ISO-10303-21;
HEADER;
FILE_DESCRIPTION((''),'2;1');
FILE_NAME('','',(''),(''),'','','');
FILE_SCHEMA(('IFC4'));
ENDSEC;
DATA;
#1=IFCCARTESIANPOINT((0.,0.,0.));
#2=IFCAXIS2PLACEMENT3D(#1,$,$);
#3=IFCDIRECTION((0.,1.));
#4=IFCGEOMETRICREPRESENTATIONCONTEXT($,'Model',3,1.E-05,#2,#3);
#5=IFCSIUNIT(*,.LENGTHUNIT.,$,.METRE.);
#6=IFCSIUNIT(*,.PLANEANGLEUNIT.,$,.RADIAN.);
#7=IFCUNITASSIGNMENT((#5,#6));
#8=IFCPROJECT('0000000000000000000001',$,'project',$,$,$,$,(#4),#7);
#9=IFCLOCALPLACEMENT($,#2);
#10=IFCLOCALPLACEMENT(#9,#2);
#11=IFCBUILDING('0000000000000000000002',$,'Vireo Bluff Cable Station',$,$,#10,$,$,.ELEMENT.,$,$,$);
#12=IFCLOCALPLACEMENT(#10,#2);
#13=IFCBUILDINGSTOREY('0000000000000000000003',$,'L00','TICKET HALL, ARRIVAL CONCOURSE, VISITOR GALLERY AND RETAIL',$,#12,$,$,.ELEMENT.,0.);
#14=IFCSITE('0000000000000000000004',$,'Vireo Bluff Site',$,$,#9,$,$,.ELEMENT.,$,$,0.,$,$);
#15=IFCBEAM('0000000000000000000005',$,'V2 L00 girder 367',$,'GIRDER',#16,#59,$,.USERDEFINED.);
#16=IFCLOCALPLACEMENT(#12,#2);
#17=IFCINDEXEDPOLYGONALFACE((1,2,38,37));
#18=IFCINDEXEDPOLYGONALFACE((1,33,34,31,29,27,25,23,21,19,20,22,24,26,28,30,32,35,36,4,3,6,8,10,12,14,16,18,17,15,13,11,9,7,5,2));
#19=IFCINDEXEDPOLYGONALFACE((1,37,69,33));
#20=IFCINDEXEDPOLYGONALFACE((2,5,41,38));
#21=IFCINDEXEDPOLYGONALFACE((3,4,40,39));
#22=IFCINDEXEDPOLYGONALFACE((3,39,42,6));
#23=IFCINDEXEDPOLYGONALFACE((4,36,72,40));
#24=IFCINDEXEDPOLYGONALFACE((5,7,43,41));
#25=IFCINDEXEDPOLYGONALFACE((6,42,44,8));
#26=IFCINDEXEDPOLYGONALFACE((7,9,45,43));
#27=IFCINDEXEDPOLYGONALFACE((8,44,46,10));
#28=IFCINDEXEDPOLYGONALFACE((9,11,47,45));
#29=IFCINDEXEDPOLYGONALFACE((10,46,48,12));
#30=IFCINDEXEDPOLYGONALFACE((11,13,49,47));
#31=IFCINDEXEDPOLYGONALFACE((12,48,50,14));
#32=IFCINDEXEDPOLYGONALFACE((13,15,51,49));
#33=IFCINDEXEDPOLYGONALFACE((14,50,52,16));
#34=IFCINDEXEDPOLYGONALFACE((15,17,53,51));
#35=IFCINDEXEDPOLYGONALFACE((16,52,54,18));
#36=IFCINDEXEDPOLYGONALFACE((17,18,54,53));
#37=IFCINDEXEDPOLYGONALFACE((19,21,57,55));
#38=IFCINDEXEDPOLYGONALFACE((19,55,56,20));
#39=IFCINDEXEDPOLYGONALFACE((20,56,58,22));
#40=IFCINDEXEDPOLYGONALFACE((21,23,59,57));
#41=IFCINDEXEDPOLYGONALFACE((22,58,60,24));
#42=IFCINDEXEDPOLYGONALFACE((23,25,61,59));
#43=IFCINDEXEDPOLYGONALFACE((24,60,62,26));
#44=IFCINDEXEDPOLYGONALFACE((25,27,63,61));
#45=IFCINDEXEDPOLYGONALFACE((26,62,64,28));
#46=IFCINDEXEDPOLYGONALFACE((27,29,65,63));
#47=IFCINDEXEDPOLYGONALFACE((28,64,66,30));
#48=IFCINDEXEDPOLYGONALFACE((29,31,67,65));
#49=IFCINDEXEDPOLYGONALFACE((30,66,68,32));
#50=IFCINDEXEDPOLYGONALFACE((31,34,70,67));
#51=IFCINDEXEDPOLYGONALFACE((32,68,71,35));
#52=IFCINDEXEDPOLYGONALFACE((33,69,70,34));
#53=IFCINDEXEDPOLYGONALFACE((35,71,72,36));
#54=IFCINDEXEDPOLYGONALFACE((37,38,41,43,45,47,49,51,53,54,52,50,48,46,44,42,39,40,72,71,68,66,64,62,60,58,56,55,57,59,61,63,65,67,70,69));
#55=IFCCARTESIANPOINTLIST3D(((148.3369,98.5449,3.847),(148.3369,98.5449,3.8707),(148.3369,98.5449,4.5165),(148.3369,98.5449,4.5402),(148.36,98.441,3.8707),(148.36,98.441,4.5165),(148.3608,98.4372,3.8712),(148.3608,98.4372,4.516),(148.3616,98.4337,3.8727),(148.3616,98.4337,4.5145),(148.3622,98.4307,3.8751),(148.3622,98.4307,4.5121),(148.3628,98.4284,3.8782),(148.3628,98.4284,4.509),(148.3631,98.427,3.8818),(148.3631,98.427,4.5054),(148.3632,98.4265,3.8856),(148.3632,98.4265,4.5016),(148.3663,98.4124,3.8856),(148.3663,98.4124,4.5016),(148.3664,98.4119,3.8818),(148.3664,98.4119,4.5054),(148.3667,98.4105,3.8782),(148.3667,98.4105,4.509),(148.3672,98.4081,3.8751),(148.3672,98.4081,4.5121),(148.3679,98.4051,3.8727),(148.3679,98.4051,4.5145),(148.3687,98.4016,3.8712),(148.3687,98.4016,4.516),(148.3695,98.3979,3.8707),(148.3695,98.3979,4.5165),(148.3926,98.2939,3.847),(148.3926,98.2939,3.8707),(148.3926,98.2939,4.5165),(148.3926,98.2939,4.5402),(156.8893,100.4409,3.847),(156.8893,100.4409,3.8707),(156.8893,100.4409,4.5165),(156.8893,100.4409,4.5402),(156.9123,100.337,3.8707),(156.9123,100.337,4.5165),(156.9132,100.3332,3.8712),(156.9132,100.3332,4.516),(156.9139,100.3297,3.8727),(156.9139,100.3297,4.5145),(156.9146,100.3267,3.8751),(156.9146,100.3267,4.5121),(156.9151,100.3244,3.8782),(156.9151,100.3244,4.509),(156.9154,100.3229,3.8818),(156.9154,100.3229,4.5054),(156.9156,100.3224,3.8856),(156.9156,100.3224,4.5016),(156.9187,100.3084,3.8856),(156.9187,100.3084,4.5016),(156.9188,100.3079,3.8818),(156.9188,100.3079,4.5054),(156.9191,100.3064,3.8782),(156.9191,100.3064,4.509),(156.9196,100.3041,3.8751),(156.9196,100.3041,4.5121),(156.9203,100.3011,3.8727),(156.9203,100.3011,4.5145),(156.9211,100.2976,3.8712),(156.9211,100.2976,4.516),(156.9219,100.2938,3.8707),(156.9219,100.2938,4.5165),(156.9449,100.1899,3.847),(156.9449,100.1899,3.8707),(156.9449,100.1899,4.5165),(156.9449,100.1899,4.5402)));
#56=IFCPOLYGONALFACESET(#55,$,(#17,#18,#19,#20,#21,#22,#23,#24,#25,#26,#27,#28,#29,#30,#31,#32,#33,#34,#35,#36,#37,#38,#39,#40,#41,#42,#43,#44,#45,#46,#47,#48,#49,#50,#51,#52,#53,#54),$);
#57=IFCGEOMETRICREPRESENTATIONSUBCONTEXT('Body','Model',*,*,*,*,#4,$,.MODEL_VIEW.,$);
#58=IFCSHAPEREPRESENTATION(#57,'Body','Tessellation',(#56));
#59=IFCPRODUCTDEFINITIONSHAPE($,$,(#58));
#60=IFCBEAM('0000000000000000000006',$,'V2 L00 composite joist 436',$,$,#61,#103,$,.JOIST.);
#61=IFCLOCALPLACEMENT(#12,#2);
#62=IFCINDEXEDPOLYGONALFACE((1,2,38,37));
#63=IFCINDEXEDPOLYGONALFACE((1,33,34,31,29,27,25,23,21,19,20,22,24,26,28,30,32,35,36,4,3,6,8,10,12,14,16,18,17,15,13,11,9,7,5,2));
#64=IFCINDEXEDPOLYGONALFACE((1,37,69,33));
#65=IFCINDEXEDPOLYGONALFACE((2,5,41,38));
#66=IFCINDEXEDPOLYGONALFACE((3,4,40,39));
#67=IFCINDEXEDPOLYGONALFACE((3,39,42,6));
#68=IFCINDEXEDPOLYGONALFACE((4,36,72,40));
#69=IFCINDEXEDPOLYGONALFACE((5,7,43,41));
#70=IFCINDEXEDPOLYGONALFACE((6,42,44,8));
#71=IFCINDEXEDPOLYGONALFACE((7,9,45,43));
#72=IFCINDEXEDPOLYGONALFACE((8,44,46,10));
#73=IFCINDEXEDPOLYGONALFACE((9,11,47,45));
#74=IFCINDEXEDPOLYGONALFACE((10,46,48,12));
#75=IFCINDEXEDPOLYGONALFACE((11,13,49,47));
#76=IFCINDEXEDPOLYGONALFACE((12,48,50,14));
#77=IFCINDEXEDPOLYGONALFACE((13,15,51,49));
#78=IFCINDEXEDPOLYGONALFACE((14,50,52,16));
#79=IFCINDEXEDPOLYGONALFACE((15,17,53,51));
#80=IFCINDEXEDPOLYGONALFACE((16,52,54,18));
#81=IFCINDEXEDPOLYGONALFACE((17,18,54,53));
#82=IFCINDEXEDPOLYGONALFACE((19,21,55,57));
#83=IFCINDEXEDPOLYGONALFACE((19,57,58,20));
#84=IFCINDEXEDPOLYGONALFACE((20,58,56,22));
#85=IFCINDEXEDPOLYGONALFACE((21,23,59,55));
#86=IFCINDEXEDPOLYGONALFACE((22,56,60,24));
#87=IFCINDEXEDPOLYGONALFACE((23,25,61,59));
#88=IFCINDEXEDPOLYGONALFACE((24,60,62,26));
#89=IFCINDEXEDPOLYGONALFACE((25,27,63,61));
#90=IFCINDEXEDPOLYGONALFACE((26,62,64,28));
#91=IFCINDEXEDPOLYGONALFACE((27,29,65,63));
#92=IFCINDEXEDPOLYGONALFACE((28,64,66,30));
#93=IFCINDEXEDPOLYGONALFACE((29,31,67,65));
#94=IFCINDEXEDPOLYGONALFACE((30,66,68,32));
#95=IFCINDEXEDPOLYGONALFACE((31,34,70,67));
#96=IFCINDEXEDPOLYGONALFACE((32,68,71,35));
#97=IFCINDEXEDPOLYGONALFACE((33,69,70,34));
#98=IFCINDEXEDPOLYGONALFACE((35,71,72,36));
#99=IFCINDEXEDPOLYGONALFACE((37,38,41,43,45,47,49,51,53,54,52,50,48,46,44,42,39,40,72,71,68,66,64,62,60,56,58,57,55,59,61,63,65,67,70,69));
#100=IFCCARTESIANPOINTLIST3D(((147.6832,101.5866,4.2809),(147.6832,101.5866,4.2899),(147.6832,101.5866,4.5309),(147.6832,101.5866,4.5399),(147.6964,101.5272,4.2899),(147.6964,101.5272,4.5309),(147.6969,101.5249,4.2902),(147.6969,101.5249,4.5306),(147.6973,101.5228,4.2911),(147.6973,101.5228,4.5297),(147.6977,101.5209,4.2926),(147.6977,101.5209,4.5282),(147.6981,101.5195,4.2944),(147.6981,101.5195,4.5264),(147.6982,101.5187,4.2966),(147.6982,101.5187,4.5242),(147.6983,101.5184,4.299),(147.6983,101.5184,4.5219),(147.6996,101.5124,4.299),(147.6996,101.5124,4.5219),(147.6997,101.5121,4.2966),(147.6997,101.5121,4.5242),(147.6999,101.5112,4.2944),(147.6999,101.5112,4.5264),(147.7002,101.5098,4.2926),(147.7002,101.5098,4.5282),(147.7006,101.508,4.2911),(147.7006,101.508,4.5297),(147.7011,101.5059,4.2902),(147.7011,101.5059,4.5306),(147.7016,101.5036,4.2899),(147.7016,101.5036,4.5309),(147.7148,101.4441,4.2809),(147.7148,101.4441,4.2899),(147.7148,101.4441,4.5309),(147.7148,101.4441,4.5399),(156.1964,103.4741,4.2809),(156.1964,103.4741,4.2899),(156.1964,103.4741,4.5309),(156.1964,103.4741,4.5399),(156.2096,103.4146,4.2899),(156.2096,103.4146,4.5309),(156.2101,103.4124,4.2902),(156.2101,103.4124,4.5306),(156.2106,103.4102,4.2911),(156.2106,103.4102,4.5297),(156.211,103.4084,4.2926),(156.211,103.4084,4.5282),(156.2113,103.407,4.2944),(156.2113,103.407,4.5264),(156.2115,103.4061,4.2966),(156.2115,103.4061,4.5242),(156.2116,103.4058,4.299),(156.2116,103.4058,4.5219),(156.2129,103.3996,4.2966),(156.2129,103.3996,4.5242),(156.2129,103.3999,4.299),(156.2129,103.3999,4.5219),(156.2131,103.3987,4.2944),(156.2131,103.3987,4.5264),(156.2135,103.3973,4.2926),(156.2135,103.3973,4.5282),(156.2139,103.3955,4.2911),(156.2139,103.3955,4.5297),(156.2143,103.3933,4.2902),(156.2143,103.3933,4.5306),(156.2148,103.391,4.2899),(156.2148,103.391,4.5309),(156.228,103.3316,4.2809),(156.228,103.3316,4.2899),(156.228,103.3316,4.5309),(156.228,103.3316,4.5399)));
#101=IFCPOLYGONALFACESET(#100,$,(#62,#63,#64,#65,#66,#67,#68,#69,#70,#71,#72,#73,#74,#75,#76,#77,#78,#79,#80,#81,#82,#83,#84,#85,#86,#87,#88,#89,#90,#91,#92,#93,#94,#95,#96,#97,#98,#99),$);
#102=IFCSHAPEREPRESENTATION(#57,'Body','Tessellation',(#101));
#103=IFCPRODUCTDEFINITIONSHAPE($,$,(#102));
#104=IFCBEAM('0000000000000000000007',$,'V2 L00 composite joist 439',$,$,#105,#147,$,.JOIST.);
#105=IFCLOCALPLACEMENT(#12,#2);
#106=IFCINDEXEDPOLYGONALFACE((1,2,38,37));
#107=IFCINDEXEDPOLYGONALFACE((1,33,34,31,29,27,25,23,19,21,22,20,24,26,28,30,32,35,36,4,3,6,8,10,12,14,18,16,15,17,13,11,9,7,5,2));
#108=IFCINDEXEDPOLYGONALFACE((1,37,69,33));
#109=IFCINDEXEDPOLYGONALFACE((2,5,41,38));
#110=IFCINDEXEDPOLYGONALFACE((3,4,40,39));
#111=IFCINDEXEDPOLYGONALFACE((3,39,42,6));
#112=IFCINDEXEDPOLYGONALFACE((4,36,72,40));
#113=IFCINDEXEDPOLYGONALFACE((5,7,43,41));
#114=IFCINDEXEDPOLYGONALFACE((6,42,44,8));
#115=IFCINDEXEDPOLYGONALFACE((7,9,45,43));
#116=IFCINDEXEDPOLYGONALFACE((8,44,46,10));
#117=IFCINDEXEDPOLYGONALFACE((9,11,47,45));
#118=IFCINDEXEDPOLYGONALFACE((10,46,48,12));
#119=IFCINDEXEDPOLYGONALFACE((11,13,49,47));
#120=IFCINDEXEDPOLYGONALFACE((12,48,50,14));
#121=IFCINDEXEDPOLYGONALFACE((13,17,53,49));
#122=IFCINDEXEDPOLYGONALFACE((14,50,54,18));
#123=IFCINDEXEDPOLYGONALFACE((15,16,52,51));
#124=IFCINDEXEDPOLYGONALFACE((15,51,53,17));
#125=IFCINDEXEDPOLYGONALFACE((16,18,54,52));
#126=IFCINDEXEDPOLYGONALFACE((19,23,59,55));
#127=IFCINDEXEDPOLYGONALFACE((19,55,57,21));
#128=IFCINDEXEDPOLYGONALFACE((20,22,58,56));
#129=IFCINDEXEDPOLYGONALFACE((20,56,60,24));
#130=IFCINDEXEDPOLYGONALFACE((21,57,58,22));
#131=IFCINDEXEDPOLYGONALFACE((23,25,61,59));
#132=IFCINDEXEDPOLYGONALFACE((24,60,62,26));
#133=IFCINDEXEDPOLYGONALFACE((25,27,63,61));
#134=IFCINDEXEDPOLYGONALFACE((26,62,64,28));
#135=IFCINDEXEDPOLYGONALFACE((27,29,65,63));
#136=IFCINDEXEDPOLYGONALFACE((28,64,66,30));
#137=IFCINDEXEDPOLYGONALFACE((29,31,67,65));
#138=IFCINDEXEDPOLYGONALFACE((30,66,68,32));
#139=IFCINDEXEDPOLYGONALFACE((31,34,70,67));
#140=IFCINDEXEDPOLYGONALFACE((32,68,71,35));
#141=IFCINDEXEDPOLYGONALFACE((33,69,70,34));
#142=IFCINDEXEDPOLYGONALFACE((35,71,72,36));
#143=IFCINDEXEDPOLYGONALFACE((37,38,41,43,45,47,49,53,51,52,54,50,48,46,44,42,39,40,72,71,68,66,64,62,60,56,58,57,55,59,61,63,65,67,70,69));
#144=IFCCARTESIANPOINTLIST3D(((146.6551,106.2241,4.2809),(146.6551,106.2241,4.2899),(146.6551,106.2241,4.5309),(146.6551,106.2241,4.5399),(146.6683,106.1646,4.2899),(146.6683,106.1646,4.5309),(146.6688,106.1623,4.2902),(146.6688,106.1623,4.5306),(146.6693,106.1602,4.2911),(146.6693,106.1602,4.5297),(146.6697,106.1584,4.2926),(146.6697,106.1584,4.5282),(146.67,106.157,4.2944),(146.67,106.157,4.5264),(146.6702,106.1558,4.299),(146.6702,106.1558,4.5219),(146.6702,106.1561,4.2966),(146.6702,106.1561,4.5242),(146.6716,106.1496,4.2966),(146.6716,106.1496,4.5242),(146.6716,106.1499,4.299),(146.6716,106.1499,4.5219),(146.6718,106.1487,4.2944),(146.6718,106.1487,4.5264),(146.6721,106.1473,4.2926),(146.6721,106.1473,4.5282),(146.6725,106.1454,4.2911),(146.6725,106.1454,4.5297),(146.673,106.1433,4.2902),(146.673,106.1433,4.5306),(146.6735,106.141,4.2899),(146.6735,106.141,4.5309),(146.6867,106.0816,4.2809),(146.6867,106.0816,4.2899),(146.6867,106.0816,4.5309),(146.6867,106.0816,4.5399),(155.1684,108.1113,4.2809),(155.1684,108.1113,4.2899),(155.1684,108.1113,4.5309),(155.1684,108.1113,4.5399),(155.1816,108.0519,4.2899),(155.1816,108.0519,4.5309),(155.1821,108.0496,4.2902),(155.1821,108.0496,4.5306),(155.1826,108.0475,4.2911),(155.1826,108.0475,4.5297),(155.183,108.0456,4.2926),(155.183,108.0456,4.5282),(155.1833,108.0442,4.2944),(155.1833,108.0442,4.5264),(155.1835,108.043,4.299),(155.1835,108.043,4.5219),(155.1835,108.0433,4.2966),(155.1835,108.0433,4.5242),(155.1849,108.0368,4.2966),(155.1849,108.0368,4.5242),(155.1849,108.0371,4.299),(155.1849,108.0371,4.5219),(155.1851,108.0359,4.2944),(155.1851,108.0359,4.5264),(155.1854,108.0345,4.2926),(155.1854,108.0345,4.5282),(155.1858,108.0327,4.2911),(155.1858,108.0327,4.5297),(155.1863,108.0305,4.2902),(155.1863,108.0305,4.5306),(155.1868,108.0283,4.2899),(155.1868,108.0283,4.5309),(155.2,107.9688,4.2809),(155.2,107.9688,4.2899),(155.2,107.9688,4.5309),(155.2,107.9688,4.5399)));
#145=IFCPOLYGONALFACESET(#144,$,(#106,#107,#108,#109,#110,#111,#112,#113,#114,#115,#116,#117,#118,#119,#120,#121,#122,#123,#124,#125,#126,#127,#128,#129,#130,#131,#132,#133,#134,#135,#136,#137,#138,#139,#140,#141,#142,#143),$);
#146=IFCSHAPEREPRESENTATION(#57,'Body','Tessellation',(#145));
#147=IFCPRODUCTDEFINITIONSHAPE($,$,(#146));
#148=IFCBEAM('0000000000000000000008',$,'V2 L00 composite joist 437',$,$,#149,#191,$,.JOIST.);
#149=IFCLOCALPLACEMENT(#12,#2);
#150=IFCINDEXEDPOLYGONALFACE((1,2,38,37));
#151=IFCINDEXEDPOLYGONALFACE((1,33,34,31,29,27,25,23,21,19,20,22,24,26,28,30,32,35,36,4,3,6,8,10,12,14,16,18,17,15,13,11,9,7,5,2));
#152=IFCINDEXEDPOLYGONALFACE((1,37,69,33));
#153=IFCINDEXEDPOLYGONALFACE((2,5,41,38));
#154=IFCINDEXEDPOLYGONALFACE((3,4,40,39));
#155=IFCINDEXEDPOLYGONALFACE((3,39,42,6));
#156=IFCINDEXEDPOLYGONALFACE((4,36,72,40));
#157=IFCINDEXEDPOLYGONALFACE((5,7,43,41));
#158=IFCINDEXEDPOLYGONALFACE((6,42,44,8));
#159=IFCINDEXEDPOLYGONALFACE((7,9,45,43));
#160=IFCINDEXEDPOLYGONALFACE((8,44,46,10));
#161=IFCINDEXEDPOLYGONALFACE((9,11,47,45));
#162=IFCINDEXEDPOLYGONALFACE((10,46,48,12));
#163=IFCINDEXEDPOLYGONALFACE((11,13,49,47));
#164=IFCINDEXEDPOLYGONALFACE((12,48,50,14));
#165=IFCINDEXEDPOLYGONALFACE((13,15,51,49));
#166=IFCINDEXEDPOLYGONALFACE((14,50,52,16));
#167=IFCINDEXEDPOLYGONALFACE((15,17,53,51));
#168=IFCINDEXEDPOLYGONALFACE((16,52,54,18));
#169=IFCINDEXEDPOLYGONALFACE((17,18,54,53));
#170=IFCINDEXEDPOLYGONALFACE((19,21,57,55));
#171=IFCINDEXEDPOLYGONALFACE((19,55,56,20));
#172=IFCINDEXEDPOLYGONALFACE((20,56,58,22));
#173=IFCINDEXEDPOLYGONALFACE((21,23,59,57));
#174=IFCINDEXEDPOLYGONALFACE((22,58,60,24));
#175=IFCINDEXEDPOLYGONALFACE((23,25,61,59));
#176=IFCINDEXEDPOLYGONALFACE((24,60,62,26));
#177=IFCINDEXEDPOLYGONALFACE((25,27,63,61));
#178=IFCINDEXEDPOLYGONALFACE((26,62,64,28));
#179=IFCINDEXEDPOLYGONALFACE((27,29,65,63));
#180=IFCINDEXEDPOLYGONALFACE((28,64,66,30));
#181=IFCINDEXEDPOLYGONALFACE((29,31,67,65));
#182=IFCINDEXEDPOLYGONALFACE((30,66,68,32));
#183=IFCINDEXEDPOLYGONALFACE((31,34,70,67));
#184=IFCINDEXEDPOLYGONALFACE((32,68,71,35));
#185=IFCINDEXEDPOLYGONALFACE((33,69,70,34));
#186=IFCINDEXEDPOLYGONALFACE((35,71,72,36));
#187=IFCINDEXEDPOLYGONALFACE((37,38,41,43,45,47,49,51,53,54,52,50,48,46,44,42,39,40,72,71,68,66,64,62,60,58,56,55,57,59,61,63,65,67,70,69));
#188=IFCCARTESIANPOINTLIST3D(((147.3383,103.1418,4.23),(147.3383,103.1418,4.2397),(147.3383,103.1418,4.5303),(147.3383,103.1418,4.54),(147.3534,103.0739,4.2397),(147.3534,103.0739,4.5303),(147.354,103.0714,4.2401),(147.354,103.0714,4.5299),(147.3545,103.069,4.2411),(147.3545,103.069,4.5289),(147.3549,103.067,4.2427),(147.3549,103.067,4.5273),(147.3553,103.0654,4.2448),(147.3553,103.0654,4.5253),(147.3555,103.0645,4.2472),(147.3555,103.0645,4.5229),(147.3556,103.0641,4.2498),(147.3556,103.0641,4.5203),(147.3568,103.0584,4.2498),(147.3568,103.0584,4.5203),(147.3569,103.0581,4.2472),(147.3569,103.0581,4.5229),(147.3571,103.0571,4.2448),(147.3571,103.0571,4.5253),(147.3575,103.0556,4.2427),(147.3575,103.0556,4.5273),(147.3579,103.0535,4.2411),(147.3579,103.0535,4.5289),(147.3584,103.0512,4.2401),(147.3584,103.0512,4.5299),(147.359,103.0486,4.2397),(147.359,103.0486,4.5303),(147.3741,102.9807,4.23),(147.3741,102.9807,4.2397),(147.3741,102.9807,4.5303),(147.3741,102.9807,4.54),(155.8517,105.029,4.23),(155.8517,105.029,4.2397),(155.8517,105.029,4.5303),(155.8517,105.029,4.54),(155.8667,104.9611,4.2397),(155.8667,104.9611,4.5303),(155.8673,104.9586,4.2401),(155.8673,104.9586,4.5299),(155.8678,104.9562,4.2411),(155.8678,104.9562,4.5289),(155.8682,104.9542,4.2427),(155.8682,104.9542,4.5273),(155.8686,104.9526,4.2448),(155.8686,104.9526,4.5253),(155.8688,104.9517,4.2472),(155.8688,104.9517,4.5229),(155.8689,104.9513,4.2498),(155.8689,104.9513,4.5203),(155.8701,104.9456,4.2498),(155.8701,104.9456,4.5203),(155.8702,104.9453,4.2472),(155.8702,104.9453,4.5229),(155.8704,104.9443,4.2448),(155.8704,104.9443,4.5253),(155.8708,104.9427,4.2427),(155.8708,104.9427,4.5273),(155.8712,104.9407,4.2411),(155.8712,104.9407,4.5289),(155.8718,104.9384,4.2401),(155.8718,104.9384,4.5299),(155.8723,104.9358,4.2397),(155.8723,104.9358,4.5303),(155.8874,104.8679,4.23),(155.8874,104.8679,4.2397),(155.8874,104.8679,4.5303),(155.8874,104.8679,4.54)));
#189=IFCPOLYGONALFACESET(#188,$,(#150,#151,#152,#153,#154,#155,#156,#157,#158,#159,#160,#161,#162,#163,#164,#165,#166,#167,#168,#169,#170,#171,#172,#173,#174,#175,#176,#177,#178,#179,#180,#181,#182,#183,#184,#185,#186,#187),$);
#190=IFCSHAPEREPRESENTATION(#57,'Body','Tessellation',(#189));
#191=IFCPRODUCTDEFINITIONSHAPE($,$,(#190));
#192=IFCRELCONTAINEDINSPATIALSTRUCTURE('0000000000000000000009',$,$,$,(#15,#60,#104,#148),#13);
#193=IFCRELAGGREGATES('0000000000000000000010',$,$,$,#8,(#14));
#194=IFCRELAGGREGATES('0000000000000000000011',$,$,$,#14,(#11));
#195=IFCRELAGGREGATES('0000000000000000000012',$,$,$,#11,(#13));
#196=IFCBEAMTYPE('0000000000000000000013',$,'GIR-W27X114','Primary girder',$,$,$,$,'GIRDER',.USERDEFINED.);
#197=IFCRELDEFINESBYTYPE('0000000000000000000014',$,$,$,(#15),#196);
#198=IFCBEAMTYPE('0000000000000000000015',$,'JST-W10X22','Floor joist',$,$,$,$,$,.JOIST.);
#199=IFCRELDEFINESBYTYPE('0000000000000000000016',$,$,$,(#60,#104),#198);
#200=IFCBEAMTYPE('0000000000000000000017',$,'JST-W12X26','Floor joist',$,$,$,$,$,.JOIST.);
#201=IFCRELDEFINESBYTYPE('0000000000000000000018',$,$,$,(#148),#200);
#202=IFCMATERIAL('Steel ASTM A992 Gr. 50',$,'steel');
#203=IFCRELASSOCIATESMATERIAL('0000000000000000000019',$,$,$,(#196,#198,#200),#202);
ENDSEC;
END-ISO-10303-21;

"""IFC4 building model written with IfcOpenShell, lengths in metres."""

from ifc_helpers import new_model, si_unit, direction, frame, origin, origin_2d, place, context, subcontext, project, spatial, i_section, extrude, material, material_profile, profile_set, type_object, element, save


model = new_model("IFC4")

# Units and contexts
model_context = context("Model", 3, precision=1e-05, world=origin(), true_north=direction((0.0, 1.0)))
body_context = subcontext(model_context, "Body", "Model", "MODEL_VIEW")
ifc_project = project(units=[si_unit("LENGTHUNIT", "METRE"), si_unit("PLANEANGLEUNIT", "RADIAN")], contexts=[model_context])

# Site, building, storey
site_placement = place(None, origin())
site = spatial("IfcSite", under=ifc_project, at=site_placement, Name="Vireo Bluff Site", CompositionType="ELEMENT", RefElevation=0.0)
building_placement = place(site_placement, origin())
building = spatial("IfcBuilding", under=site, at=building_placement, Name="Vireo Bluff Cable Station", CompositionType="ELEMENT")
storey_placement = place(building_placement, origin())
storey = spatial("IfcBuildingStorey", under=building, at=storey_placement, Name="L00", Description="TICKET HALL, ARRIVAL CONCOURSE, VISITOR GALLERY AND RETAIL", CompositionType="ELEMENT", Elevation=0.0)

# Shared definitions
ifc_material_1 = material(Name="Steel ASTM A992 Gr. 50", Category="steel")

# Beams
ifc_material_profile_1 = material_profile(ifc_material_1, i_section(OverallWidth=0.2571, OverallDepth=0.6931, WebThickness=0.0144, FlangeThickness=0.0237, FilletRadius=0.0149, at=origin_2d()), Name="W27X114")
ifc_profile_set_1 = profile_set([ifc_material_profile_1], Name="Steel ASTM A992 Gr. 50")
beam_type_1 = type_object("IfcBeamType", Name="GIR-W27X114", Description="Primary girder", ElementType="GIRDER", PredefinedType="USERDEFINED", material=ifc_profile_set_1)
beam_1_placement = place(storey_placement, frame((148.3647, 98.4194, 4.1936), z_axis=(0.976297, 0.216435, 0.0), x_axis=(-0.216435, 0.976297, 0.0)))
element("IfcBeam", 1, at=beam_1_placement, inside=storey, type_object=beam_type_1, Name="V2 L00 girder 367", ObjectType="GIRDER", PredefinedType="USERDEFINED", context=body_context, shape_type="SweptSolid", body=[
    extrude(i_section(OverallWidth=0.2571, OverallDepth=0.6931, WebThickness=0.0144, FlangeThickness=0.0237, FilletRadius=0.0149, at=origin_2d()), origin(), (0.0, 0.0, 1.0), 8.76),
])
ifc_material_profile_2 = material_profile(ifc_material_1, i_section(OverallWidth=0.146, OverallDepth=0.259, WebThickness=0.0061, FlangeThickness=0.009, FilletRadius=0.009, at=origin_2d()), Name="W10X22")
ifc_profile_set_2 = profile_set([ifc_material_profile_2], Name="Steel ASTM A992 Gr. 50")
beam_type_2 = type_object("IfcBeamType", Name="JST-W10X22", Description="Floor joist", PredefinedType="JOIST", material=ifc_profile_set_2)
for number, where, z_axis, x_axis, name in (
    (2, (147.699, 101.5154, 4.4104), (0.976293, 0.216453, 0.0), (-0.216453, 0.976293, 0.0), "V2 L00 composite joist 436"),
    (3, (146.6709, 106.1528, 4.4104), (0.976299, 0.216426, 0.0), (-0.216426, 0.976299, 0.0), "V2 L00 composite joist 439"),
):
    element("IfcBeam", number, at=place(storey_placement, frame(where, z_axis=z_axis, x_axis=x_axis)), inside=storey, type_object=beam_type_2, Name=name, PredefinedType="JOIST", context=body_context, shape_type="SweptSolid", body=[
        extrude(i_section(OverallWidth=0.146, OverallDepth=0.259, WebThickness=0.0061, FlangeThickness=0.009, FilletRadius=0.009, at=origin_2d()), origin(), (0.0, 0.0, 1.0), 8.72),
    ])
ifc_material_profile_3 = material_profile(ifc_material_1, i_section(OverallWidth=0.165, OverallDepth=0.3101, WebThickness=0.0059, FlangeThickness=0.0098, FilletRadius=0.01, at=origin_2d()), Name="W12X26")
ifc_profile_set_3 = profile_set([ifc_material_profile_3], Name="Steel ASTM A992 Gr. 50")
beam_type_3 = type_object("IfcBeamType", Name="JST-W12X26", Description="Floor joist", PredefinedType="JOIST", material=ifc_profile_set_3)
beam_2_placement = place(storey_placement, frame((147.3562, 103.0613, 4.385), z_axis=(0.9763, 0.216421, 0.0), x_axis=(-0.216421, 0.9763, 0.0)))
element("IfcBeam", 4, at=beam_2_placement, inside=storey, type_object=beam_type_3, Name="V2 L00 composite joist 437", PredefinedType="JOIST", context=body_context, shape_type="SweptSolid", body=[
    extrude(i_section(OverallWidth=0.165, OverallDepth=0.3101, WebThickness=0.0059, FlangeThickness=0.0098, FilletRadius=0.01, at=origin_2d()), origin(), (0.0, 0.0, 1.0), 8.72),
])

save(model, "model.ifc")
